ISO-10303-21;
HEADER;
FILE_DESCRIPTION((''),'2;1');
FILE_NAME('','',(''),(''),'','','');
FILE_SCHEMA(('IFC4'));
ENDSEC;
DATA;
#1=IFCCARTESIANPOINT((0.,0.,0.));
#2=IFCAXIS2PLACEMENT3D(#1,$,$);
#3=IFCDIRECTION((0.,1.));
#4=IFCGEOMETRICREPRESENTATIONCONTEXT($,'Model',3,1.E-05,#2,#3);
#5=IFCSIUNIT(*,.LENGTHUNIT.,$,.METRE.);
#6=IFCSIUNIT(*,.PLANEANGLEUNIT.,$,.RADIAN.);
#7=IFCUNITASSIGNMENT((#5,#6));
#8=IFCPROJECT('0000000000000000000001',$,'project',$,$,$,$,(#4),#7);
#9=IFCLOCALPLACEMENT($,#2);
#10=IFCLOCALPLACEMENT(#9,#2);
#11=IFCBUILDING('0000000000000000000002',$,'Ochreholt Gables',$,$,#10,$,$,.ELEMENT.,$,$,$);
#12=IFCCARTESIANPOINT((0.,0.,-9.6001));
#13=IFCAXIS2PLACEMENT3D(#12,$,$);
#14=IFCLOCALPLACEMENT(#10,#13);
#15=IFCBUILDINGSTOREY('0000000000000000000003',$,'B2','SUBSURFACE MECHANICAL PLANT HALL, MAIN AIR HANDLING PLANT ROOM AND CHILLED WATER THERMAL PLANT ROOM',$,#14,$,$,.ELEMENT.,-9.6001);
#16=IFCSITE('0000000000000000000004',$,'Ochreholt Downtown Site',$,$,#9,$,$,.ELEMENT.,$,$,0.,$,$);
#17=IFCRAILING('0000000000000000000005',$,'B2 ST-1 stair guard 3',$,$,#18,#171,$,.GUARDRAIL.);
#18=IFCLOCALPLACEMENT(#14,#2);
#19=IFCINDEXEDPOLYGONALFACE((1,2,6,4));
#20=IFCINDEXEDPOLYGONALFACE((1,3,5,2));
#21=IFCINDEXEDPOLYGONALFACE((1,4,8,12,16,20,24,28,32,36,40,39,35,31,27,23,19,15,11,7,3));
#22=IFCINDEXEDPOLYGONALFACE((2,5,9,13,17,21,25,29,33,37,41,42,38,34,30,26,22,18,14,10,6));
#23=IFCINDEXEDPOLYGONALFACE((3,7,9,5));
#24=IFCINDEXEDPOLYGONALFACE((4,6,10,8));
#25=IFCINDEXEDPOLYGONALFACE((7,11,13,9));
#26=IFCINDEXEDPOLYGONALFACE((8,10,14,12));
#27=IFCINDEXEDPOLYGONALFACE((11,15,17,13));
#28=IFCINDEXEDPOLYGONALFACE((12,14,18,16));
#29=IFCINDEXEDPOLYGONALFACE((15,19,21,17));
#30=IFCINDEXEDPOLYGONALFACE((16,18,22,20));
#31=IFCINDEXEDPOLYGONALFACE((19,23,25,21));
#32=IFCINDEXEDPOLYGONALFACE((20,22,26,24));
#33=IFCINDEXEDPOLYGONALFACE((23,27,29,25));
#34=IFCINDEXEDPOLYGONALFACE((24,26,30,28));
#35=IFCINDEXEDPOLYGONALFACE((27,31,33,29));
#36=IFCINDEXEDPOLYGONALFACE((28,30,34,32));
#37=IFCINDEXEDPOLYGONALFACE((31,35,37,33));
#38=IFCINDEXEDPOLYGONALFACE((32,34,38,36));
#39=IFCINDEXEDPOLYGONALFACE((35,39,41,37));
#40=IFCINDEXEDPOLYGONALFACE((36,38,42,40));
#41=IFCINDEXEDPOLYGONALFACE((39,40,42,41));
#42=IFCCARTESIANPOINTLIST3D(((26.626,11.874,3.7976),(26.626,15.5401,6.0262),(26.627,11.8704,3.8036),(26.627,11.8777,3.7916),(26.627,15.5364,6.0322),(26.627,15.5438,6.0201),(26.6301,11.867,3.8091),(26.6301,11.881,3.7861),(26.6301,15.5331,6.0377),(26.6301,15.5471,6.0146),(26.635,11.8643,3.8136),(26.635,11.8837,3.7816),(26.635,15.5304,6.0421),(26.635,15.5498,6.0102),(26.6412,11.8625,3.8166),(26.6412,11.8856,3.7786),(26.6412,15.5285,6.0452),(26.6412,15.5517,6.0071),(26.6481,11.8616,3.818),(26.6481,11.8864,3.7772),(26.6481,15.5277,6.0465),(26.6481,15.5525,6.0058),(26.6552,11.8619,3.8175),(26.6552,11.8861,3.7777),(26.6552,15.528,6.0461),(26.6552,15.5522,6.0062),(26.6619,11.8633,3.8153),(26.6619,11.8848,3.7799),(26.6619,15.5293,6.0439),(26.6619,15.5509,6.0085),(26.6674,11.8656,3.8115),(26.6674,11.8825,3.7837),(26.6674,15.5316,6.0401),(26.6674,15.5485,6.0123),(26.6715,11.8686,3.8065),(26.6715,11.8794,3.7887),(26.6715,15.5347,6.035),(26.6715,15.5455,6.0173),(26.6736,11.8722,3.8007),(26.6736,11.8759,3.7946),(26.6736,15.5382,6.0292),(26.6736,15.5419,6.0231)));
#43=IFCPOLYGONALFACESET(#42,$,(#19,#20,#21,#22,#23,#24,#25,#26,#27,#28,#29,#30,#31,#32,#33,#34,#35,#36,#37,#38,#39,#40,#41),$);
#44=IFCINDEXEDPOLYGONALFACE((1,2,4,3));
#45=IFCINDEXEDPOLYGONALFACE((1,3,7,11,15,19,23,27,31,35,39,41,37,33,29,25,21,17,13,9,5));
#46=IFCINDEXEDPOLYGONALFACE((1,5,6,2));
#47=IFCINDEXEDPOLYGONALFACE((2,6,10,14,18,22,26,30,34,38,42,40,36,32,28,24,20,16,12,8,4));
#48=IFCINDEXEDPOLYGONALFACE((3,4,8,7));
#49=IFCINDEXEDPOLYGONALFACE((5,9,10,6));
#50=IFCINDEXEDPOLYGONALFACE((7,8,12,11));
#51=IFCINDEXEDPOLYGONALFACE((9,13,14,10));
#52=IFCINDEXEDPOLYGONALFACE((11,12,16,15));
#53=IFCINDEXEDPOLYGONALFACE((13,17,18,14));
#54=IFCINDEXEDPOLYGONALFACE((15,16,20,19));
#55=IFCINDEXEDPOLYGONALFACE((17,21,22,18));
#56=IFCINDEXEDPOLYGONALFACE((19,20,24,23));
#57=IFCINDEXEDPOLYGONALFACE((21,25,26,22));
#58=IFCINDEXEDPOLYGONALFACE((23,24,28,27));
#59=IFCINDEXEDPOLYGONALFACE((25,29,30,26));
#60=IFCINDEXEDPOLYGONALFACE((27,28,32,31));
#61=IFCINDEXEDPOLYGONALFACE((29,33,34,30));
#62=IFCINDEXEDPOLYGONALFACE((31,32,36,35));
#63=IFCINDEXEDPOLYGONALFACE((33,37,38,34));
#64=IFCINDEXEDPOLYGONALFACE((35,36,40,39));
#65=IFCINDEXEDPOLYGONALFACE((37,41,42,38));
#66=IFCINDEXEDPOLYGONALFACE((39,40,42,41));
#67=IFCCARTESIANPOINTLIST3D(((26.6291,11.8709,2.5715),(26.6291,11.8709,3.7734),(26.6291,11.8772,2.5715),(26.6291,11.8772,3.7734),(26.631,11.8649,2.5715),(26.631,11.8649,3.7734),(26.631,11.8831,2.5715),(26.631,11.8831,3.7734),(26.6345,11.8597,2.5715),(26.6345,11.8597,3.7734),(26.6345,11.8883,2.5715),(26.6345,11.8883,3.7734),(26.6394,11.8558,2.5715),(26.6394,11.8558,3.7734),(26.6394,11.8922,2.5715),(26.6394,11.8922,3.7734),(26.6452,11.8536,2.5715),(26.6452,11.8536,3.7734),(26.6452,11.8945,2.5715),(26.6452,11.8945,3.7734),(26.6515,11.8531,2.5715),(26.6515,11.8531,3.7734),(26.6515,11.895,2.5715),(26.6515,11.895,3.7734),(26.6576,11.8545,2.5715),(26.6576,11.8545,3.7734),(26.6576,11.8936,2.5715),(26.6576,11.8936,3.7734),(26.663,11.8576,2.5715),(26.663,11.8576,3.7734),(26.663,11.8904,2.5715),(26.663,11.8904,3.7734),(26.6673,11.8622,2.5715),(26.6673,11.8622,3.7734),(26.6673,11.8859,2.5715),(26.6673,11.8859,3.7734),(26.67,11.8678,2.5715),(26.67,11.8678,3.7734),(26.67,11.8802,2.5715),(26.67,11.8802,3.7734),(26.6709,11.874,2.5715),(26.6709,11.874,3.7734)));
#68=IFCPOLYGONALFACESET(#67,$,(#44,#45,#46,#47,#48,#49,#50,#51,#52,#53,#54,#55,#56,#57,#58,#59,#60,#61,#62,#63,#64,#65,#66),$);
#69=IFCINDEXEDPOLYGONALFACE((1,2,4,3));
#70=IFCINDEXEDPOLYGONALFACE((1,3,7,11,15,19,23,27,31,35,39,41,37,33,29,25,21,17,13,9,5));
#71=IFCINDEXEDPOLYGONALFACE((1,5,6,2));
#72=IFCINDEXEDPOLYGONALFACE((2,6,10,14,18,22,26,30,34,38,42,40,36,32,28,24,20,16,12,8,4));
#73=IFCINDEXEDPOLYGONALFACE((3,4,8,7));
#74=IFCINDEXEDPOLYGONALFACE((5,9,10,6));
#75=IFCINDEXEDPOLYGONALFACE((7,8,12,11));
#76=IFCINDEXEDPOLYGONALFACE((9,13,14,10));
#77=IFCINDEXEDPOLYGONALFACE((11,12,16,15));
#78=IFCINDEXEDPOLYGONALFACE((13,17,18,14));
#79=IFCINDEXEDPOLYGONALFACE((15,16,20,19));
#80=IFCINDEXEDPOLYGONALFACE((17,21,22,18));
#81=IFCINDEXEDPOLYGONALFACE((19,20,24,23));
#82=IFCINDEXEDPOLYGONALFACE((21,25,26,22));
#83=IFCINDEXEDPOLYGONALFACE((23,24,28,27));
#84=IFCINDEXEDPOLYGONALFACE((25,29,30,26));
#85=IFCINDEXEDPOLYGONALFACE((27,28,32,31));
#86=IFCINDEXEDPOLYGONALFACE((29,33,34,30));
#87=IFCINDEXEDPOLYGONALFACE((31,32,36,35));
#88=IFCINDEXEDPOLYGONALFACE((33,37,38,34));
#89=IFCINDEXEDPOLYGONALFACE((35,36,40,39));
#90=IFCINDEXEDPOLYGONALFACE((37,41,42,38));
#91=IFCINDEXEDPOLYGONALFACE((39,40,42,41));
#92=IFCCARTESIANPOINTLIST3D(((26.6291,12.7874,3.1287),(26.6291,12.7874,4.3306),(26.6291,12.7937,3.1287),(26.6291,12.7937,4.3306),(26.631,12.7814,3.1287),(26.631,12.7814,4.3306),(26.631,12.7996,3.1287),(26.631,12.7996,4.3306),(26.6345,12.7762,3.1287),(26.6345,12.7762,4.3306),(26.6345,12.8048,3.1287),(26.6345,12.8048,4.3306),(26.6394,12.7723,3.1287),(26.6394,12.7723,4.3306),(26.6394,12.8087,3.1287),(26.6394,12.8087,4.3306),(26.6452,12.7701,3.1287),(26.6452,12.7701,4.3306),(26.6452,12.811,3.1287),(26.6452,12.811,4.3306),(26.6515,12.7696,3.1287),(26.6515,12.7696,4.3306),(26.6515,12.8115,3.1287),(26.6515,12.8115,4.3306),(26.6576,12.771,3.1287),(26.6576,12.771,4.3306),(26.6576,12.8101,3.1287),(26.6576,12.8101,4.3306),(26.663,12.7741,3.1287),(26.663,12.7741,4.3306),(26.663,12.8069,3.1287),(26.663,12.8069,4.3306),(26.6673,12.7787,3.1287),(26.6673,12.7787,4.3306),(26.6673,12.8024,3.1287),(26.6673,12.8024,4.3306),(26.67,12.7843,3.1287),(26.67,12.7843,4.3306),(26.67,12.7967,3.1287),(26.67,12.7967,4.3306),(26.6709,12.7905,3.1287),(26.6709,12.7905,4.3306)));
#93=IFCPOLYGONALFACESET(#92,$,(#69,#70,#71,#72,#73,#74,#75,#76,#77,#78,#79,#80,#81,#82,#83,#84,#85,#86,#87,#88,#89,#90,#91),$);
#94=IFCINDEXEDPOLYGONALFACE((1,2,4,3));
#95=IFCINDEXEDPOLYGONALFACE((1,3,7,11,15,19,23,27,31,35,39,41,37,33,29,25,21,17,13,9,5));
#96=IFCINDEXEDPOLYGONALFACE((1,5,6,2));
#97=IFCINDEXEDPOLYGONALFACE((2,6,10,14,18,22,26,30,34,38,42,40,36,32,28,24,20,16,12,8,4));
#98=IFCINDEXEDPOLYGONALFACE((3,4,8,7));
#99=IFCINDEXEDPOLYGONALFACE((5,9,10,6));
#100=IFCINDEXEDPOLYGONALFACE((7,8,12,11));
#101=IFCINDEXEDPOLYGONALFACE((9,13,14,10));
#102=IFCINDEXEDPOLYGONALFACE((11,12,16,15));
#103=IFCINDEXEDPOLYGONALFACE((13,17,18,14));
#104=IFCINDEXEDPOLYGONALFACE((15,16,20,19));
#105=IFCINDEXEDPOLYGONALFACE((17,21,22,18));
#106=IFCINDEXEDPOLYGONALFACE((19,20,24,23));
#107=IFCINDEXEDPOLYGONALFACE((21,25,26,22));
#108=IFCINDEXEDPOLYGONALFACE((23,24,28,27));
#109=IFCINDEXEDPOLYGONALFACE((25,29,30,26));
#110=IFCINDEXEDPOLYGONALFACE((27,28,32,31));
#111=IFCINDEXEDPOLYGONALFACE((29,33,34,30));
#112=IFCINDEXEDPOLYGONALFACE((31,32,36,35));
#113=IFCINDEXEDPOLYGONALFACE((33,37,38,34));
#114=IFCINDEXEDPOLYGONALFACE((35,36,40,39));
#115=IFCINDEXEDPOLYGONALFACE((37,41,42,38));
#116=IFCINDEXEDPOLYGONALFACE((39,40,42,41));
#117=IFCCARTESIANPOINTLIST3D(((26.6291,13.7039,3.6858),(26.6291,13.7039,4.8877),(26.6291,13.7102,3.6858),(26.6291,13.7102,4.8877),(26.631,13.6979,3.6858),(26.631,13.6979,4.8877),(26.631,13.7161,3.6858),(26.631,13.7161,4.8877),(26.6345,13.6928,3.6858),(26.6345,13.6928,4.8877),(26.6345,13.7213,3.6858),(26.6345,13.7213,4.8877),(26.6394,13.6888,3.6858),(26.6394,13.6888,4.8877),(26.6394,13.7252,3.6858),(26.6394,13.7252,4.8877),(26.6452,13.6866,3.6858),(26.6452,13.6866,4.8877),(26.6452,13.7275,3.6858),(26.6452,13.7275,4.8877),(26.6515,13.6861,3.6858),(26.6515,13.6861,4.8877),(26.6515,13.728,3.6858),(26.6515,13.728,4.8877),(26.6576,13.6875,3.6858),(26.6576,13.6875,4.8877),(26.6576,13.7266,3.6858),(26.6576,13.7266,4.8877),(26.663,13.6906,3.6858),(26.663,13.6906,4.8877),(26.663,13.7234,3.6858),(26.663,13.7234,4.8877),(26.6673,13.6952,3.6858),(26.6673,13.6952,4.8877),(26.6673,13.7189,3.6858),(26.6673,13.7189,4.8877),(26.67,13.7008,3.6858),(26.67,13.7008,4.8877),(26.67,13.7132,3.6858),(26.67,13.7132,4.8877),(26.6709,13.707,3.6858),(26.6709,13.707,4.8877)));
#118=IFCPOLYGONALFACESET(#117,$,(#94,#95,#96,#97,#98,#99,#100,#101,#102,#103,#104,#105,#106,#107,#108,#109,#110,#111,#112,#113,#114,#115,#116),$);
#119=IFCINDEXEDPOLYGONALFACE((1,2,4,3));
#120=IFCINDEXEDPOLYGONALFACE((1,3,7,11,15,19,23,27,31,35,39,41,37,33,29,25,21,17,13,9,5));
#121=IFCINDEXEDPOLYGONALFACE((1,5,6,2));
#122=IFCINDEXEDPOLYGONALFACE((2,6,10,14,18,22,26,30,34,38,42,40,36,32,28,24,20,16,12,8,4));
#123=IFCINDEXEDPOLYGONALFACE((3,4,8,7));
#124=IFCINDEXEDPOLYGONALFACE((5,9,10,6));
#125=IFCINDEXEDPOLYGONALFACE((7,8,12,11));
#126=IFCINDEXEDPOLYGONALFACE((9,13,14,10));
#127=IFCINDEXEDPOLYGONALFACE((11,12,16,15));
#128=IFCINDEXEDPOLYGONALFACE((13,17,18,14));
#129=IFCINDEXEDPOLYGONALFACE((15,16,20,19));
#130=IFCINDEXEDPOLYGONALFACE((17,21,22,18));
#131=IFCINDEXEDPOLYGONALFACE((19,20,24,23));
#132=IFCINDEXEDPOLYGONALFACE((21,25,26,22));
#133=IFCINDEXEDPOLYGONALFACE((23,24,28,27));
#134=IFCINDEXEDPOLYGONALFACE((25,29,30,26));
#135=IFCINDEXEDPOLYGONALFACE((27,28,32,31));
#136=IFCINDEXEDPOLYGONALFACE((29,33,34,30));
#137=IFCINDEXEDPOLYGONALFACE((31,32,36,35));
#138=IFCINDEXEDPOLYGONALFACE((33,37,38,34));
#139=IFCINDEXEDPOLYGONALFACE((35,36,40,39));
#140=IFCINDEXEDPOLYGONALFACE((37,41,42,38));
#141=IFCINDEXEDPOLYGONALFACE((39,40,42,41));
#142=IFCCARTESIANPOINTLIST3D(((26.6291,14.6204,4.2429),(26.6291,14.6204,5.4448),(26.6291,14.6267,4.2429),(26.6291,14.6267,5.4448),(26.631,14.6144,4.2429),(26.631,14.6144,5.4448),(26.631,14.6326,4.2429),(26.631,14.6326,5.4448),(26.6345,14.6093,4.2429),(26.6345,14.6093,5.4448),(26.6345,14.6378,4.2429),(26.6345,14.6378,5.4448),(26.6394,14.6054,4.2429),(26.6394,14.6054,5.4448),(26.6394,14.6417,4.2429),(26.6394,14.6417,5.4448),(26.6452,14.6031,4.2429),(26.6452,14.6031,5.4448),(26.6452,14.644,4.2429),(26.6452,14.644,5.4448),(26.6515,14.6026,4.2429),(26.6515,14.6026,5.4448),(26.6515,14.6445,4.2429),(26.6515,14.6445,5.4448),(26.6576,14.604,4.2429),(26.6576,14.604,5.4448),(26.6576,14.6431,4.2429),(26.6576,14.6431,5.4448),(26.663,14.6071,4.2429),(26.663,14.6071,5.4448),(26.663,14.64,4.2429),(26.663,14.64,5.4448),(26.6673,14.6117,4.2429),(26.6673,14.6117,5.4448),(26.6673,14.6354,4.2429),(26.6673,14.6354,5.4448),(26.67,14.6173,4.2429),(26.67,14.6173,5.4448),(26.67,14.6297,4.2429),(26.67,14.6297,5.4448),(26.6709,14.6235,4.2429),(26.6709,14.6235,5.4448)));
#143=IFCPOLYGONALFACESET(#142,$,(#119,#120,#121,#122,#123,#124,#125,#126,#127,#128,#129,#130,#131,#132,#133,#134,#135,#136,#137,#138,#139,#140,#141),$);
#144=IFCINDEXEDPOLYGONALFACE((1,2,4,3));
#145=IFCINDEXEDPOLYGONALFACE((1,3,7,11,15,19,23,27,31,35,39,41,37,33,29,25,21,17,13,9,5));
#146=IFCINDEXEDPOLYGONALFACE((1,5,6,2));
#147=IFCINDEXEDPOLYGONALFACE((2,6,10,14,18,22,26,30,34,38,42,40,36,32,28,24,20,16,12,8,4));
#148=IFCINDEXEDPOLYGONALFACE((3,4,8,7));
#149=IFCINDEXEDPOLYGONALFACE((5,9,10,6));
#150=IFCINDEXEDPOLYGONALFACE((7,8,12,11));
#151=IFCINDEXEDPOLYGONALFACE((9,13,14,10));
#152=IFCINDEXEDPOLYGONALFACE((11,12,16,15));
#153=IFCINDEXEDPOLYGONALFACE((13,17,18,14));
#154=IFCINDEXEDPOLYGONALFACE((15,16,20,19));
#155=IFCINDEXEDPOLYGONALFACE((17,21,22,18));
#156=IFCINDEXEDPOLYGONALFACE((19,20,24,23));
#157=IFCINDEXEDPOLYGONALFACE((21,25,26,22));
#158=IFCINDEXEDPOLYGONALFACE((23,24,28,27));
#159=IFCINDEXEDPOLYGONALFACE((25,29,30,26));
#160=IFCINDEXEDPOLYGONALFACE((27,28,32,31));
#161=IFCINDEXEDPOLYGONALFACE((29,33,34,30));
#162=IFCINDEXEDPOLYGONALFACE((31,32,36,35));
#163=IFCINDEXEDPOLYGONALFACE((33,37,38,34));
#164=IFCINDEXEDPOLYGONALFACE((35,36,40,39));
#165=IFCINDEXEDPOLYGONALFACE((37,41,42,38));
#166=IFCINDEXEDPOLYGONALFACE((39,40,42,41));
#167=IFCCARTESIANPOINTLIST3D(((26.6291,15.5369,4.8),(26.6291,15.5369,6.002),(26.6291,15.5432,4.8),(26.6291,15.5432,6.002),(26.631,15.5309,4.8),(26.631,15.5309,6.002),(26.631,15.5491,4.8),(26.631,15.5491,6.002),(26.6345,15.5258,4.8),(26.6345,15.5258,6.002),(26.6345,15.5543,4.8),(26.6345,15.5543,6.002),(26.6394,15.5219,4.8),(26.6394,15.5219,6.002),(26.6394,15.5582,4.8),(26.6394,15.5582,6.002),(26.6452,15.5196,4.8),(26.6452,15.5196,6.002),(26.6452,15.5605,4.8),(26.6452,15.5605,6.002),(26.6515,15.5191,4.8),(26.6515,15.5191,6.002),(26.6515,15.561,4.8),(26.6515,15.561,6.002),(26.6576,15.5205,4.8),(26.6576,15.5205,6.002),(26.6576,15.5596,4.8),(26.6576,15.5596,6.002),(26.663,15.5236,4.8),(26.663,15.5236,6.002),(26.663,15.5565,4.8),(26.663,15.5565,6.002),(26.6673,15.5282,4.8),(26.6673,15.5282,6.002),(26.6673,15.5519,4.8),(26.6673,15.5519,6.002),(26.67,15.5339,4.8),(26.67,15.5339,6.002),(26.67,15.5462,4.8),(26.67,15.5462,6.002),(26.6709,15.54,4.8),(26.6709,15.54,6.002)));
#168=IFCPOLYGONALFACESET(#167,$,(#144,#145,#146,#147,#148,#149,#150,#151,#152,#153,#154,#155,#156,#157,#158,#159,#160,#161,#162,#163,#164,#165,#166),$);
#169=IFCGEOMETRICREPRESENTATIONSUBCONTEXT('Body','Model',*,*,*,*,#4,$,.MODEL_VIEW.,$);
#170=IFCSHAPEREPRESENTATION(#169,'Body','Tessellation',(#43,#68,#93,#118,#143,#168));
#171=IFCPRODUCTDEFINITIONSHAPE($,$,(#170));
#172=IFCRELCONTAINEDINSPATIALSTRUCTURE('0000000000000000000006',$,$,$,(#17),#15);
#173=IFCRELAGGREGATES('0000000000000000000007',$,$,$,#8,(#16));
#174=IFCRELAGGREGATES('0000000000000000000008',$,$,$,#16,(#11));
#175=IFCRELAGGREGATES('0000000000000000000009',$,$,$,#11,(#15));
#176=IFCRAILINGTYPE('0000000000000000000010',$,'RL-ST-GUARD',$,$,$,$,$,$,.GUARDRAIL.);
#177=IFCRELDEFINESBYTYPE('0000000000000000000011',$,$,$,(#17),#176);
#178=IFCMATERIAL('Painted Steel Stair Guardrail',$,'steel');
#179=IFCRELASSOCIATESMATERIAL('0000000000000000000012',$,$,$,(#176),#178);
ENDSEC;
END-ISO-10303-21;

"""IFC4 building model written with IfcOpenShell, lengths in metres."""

from ifc_helpers import new_model, si_unit, direction, frame, origin, origin_2d, place, context, subcontext, project, spatial, circle, extrude, material, type_object, element, save


model = new_model("IFC4")

# Units and contexts
model_context = context("Model", 3, precision=1e-05, world=origin(), true_north=direction((0.0, 1.0)))
body_context = subcontext(model_context, "Body", "Model", "MODEL_VIEW")
ifc_project = project(units=[si_unit("LENGTHUNIT", "METRE"), si_unit("PLANEANGLEUNIT", "RADIAN")], contexts=[model_context])

# Site, building, storey
site_placement = place(None, origin())
site = spatial("IfcSite", under=ifc_project, at=site_placement, Name="Ochreholt Downtown Site", CompositionType="ELEMENT", RefElevation=0.0)
building_placement = place(site_placement, origin())
building = spatial("IfcBuilding", under=site, at=building_placement, Name="Ochreholt Gables", CompositionType="ELEMENT")
storey_placement = place(building_placement, frame((0.0, 0.0, -9.6001)))
storey = spatial("IfcBuildingStorey", under=building, at=storey_placement, Name="B2", Description="SUBSURFACE MECHANICAL PLANT HALL, MAIN AIR HANDLING PLANT ROOM AND CHILLED WATER THERMAL PLANT ROOM", CompositionType="ELEMENT", Elevation=-9.6001)

# Railing
ifc_material_1 = material(Name="Painted Steel Stair Guardrail", Category="steel")
railing_type_1 = type_object("IfcRailingType", Name="RL-ST-GUARD", PredefinedType="GUARDRAIL", material=ifc_material_1)
railing_1_placement = place(storey_placement, frame((26.6499, 11.874, 2.5715)))
element("IfcRailing", 1, at=railing_1_placement, inside=storey, type_object=railing_type_1, Name="B2 ST-1 stair guard 3", PredefinedType="GUARDRAIL", context=body_context, shape_type="SweptSolid", body=[
    extrude(circle(Radius=0.0239, at=origin_2d()), frame((0.0, 0.0, 1.2261), z_axis=(0.0, 0.854506, 0.519441), x_axis=(-1.0, 0.0, 0.0)), (0.0, 0.0, 1.0), 4.2903),
    extrude(circle(Radius=0.021, at=origin_2d()), origin(), (0.0, 0.0, 1.0), 1.2019),
    extrude(circle(Radius=0.021, at=origin_2d()), frame((0.0, 0.9165, 0.5571)), (0.0, 0.0, 1.0), 1.2019),
    extrude(circle(Radius=0.021, at=origin_2d()), frame((0.0, 1.833, 1.1143)), (0.0, 0.0, 1.0), 1.2019),
    extrude(circle(Radius=0.021, at=origin_2d()), frame((0.0, 2.7495, 1.6714)), (0.0, 0.0, 1.0), 1.2019),
    extrude(circle(Radius=0.021, at=origin_2d()), frame((0.0, 3.666, 2.2285)), (0.0, 0.0, 1.0), 1.2019),
])

save(model, "model.ifc")
